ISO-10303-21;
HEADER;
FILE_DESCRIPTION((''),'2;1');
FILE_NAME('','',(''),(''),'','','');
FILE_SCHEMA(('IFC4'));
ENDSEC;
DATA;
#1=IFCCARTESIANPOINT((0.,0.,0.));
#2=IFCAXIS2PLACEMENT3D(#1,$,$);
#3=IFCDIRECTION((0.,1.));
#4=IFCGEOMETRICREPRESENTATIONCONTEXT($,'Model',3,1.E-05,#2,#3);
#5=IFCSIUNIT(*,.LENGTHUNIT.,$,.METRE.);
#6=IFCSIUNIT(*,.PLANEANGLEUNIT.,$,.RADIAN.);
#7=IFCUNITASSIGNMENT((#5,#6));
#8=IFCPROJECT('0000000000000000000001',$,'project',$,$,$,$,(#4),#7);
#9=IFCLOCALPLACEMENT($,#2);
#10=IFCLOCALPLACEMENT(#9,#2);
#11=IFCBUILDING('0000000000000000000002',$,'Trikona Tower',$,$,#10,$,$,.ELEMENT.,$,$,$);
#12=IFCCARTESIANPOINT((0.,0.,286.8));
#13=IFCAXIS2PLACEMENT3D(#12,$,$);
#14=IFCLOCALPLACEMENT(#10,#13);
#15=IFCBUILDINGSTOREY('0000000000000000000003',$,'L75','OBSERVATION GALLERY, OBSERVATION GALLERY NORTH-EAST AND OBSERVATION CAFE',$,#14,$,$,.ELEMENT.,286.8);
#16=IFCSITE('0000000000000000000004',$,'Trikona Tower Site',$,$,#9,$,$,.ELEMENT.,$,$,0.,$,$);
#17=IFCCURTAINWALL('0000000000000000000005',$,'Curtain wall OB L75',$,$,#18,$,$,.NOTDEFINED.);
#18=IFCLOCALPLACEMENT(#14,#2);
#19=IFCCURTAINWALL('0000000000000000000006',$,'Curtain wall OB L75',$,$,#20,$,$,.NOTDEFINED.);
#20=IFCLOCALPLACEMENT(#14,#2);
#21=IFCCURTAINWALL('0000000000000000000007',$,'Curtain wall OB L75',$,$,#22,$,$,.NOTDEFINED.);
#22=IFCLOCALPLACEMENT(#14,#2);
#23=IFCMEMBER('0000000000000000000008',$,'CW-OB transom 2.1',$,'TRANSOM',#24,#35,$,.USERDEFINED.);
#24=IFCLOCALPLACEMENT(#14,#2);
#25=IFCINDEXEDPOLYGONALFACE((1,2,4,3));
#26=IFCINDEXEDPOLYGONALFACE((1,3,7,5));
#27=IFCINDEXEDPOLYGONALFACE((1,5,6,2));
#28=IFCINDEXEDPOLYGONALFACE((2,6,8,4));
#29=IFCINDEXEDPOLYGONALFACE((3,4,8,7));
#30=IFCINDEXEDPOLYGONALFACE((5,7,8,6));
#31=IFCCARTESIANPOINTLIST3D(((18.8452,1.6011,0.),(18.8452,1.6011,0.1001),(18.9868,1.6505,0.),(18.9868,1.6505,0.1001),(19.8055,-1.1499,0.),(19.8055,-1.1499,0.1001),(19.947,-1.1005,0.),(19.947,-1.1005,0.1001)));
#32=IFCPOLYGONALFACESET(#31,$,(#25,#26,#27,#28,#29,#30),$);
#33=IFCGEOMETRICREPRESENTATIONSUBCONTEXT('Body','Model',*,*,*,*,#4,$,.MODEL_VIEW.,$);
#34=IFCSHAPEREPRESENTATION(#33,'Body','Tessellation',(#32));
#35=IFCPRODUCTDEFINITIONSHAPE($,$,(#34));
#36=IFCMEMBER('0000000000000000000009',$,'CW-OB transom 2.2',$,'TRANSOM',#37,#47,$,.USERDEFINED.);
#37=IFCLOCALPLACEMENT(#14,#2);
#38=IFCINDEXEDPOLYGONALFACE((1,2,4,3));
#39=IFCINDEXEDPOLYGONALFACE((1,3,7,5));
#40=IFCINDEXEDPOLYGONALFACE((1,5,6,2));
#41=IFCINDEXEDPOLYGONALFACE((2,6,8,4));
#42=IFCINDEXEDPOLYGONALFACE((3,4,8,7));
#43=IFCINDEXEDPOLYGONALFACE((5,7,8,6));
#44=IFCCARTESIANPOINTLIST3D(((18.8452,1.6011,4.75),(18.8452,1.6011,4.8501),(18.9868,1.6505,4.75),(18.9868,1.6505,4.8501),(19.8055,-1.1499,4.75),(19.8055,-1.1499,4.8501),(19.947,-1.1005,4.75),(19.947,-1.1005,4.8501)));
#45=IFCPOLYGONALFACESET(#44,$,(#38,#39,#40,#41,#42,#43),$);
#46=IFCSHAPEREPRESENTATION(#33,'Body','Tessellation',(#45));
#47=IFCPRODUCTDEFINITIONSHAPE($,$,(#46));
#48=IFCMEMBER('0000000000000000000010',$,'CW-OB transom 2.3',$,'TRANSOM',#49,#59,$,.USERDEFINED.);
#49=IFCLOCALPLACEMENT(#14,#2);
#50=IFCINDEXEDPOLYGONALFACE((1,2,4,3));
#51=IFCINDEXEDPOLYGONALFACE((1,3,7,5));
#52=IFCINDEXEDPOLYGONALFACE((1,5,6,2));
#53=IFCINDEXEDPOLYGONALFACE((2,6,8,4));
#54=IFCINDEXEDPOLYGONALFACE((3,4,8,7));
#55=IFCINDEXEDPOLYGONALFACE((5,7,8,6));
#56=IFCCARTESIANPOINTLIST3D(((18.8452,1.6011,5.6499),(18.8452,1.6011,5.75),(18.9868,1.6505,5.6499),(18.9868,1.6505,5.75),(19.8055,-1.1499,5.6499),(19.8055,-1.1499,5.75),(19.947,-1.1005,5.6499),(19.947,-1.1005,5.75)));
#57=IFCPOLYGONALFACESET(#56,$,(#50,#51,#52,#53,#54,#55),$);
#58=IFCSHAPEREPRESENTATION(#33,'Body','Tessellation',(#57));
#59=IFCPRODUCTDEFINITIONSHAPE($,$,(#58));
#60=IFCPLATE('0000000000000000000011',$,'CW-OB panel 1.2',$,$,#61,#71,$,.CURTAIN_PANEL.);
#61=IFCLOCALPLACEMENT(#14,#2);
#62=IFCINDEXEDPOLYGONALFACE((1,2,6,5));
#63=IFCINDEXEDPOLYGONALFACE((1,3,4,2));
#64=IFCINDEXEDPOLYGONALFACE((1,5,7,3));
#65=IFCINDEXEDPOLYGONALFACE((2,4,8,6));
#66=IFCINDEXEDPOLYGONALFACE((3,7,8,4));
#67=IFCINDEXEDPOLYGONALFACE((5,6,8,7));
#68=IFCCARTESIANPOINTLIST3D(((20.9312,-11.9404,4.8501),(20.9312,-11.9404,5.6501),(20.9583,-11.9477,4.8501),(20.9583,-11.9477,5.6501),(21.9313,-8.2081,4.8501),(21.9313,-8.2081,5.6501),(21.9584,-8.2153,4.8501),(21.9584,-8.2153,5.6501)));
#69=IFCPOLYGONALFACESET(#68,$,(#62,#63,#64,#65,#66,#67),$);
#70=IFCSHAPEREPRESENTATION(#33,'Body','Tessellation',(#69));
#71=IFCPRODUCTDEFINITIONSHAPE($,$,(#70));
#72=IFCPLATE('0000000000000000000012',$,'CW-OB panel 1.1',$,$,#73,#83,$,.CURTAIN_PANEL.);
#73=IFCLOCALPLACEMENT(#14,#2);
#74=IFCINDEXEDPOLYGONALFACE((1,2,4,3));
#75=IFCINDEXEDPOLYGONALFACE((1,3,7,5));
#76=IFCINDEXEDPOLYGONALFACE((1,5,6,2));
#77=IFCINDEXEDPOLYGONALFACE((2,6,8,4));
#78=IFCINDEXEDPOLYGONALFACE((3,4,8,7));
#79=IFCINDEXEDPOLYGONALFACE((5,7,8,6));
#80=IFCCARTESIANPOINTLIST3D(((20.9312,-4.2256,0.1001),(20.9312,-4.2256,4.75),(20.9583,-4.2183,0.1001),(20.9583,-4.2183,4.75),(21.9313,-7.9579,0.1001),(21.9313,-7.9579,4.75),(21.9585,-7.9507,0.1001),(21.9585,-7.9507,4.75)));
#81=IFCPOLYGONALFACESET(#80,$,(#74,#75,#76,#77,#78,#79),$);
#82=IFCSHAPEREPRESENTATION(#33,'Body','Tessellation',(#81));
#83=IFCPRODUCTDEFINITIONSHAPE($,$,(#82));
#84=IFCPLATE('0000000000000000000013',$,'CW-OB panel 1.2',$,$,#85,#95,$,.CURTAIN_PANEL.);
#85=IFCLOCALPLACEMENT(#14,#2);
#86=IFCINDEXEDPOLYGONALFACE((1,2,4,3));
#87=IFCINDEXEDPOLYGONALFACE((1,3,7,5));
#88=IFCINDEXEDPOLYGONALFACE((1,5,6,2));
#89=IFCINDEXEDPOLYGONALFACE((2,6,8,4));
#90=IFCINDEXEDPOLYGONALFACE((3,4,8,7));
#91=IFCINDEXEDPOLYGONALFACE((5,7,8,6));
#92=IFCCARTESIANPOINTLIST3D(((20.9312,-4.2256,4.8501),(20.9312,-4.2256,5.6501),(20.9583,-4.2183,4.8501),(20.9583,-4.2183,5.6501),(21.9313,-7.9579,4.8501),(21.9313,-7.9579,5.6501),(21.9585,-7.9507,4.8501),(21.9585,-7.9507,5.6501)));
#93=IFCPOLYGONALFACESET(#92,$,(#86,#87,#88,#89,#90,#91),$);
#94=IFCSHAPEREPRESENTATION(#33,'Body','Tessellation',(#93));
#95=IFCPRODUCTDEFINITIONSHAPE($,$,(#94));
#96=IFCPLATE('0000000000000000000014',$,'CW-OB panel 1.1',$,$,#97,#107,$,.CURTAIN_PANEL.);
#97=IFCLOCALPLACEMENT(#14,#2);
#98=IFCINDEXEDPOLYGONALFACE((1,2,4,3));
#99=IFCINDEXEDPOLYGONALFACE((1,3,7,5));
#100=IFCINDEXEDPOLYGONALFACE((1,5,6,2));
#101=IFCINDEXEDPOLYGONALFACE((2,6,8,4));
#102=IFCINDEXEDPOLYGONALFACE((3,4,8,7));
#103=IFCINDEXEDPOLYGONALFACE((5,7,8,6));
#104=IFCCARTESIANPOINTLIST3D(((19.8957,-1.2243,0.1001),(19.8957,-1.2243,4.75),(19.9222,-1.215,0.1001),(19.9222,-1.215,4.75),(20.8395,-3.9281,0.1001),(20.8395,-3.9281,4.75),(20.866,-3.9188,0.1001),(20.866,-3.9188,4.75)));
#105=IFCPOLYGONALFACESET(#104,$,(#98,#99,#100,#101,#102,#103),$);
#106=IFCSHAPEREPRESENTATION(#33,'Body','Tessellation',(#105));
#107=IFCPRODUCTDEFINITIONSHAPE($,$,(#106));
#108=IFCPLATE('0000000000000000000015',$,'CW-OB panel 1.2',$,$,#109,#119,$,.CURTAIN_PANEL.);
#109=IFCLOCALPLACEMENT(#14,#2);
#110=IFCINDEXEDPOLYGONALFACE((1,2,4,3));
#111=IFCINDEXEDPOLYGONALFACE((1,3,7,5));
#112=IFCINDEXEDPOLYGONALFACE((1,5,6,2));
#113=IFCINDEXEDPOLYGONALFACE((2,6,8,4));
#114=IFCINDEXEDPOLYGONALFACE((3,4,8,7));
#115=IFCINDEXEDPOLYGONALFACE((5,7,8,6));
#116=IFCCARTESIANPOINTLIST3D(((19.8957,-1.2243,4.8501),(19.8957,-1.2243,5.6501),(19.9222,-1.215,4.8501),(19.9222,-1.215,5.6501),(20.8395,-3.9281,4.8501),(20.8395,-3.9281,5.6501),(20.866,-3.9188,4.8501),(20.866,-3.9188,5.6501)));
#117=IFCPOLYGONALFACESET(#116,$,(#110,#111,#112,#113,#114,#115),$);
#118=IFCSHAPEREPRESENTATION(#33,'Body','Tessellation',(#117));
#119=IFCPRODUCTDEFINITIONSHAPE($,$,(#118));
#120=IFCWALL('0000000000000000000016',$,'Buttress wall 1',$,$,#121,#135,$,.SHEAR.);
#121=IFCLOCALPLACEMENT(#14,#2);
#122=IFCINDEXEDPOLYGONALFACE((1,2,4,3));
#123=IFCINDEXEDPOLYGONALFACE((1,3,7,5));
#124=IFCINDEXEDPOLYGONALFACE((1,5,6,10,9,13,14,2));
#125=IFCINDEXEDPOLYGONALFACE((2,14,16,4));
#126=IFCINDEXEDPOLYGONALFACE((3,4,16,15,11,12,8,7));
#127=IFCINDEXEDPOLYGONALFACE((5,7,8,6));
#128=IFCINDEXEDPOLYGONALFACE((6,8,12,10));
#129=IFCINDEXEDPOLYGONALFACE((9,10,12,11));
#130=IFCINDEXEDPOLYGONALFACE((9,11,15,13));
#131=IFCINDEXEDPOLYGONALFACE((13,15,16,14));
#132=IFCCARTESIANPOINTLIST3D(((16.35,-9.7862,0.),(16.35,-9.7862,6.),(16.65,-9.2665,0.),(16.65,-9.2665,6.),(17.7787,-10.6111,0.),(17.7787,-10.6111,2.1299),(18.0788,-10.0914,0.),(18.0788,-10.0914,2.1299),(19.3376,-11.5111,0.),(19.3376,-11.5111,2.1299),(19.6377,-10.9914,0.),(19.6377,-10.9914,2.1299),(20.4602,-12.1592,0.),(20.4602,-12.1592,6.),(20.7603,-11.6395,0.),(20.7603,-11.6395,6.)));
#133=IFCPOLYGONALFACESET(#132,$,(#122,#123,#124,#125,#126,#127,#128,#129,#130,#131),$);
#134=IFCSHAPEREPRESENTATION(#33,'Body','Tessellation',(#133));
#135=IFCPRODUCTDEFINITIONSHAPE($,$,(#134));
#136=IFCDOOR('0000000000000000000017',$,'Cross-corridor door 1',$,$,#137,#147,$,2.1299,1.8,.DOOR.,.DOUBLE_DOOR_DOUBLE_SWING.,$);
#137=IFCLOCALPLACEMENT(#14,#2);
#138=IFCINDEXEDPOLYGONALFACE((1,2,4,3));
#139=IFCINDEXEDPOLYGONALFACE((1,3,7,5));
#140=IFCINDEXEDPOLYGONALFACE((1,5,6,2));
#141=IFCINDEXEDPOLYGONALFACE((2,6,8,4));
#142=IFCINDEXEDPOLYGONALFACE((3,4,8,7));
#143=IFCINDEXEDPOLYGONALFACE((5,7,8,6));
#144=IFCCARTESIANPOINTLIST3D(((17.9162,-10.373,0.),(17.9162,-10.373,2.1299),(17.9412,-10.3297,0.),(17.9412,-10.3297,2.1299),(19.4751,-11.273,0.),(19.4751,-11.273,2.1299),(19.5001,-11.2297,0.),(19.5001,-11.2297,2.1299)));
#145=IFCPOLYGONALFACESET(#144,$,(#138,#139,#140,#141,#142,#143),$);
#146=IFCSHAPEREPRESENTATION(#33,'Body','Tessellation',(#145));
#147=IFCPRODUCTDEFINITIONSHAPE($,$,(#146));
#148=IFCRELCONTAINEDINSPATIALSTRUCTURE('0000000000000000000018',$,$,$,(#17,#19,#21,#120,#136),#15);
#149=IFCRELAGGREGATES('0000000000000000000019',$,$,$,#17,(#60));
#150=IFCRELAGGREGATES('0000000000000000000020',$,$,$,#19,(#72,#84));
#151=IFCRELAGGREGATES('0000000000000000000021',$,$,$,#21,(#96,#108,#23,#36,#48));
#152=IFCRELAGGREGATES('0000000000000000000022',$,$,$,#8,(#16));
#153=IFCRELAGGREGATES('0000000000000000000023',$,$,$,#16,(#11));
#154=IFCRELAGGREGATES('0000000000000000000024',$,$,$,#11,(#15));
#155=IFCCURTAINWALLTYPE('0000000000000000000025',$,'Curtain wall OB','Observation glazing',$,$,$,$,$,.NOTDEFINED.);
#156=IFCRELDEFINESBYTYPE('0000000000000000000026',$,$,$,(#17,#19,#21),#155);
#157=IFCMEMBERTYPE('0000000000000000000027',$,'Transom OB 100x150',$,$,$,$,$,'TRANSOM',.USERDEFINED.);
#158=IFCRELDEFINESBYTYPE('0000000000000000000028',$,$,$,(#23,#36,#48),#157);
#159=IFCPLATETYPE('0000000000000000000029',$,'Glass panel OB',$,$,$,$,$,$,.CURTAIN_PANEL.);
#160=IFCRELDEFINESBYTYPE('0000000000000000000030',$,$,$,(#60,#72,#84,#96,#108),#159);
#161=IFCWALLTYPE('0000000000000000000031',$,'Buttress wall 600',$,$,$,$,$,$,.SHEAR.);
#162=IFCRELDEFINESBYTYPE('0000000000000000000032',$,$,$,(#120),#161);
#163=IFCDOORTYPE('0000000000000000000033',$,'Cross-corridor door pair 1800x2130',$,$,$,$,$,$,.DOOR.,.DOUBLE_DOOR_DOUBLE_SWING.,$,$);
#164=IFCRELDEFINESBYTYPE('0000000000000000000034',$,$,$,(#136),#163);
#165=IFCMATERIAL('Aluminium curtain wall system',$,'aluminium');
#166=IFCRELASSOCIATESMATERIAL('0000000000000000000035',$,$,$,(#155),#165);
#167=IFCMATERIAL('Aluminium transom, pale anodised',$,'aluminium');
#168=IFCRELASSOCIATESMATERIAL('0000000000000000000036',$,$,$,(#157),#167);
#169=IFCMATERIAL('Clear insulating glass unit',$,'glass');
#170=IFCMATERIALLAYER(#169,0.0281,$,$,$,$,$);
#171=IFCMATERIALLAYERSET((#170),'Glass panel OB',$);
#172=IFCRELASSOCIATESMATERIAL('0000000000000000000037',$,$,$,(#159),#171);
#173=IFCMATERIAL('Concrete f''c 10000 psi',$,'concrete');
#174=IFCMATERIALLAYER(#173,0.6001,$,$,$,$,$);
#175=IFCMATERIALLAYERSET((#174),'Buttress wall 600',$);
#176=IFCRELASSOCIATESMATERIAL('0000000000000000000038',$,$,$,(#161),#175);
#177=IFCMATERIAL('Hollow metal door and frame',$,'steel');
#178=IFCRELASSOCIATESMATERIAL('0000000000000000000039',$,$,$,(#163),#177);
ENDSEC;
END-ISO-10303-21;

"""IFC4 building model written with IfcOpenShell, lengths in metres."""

from ifc_helpers import new_model, si_unit, direction, frame, frame_2d, origin, origin_2d, place, context, subcontext, project, spatial, rectangle, extrude, material, layer, layer_set, material_profile, profile_set, type_object, element, fill, aggregate, save


model = new_model("IFC4")

# Units and contexts
model_context = context("Model", 3, precision=1e-05, world=origin(), true_north=direction((0.0, 1.0)))
body_context = subcontext(model_context, "Body", "Model", "MODEL_VIEW")
ifc_project = project(units=[si_unit("LENGTHUNIT", "METRE"), si_unit("PLANEANGLEUNIT", "RADIAN")], contexts=[model_context])

# Site, building, storey
site_placement = place(None, origin())
site = spatial("IfcSite", under=ifc_project, at=site_placement, Name="Trikona Tower Site", CompositionType="ELEMENT", RefElevation=0.0)
building_placement = place(site_placement, origin())
building = spatial("IfcBuilding", under=site, at=building_placement, Name="Trikona Tower", CompositionType="ELEMENT")
storey_placement = place(building_placement, frame((0.0, 0.0, 286.8)))
storey = spatial("IfcBuildingStorey", under=building, at=storey_placement, Name="L75", Description="OBSERVATION GALLERY, OBSERVATION GALLERY NORTH-EAST AND OBSERVATION CAFE", CompositionType="ELEMENT", Elevation=286.8)

# Curtain wall
ifc_material_1 = material(Name="Aluminium curtain wall system", Category="aluminium")
curtain_wall_type = type_object("IfcCurtainWallType", Name="Curtain wall OB", Description="Observation glazing", PredefinedType="NOTDEFINED", material=ifc_material_1)
curtain_wall_1_placement = place(storey_placement, origin())
curtain_wall_1 = element("IfcCurtainWall", 1, at=curtain_wall_1_placement, inside=storey, type_object=curtain_wall_type, Name="Curtain wall OB L75", PredefinedType="NOTDEFINED")

# Curtain walls
curtain_wall_2_placement = place(storey_placement, origin())
curtain_wall_2 = element("IfcCurtainWall", 2, at=curtain_wall_2_placement, inside=storey, type_object=curtain_wall_type, Name="Curtain wall OB L75", PredefinedType="NOTDEFINED")
curtain_wall_3_placement = place(storey_placement, origin())
curtain_wall_3 = element("IfcCurtainWall", 3, at=curtain_wall_3_placement, inside=storey, type_object=curtain_wall_type, Name="Curtain wall OB L75", PredefinedType="NOTDEFINED")

# Members
ifc_material_2 = material(Name="Aluminium transom, pale anodised", Category="aluminium")
ifc_material_profile_1 = material_profile(ifc_material_2, rectangle(XDim=0.1499, YDim=0.1001, at=origin_2d()), Name="TRN-OB")
ifc_profile_set_1 = profile_set([ifc_material_profile_1], Name="Aluminium transom, pale anodised")
member_type_1 = type_object("IfcMemberType", Name="Transom OB 100x150", ElementType="TRANSOM", PredefinedType="USERDEFINED", material=ifc_profile_set_1)
member_1_placement = place(storey_placement, frame((19.8762, -1.1252, 0.05), z_axis=(-0.329544, 0.94414, 0.0), x_axis=(-0.94414, -0.329544, 0.0)))
member_1 = element("IfcMember", 4, at=member_1_placement, type_object=member_type_1, Name="CW-OB transom 2.1", ObjectType="TRANSOM", PredefinedType="USERDEFINED", context=body_context, shape_type="SweptSolid", body=[
    extrude(rectangle(XDim=0.1499, YDim=0.1001, at=origin_2d()), origin(), (0.0, 0.0, 1.0), 2.9138),
])
member_2_placement = place(storey_placement, frame((19.8762, -1.1252, 4.8), z_axis=(-0.329544, 0.94414, 0.0), x_axis=(-0.94414, -0.329544, 0.0)))
member_2 = element("IfcMember", 5, at=member_2_placement, type_object=member_type_1, Name="CW-OB transom 2.2", ObjectType="TRANSOM", PredefinedType="USERDEFINED", context=body_context, shape_type="SweptSolid", body=[
    extrude(rectangle(XDim=0.1499, YDim=0.1001, at=origin_2d()), origin(), (0.0, 0.0, 1.0), 2.9138),
])
member_3_placement = place(storey_placement, frame((19.8762, -1.1252, 5.7), z_axis=(-0.329544, 0.94414, 0.0), x_axis=(-0.94414, -0.329544, 0.0)))
member_3 = element("IfcMember", 6, at=member_3_placement, type_object=member_type_1, Name="CW-OB transom 2.3", ObjectType="TRANSOM", PredefinedType="USERDEFINED", context=body_context, shape_type="SweptSolid", body=[
    extrude(rectangle(XDim=0.1499, YDim=0.1001, at=origin_2d()), origin(), (0.0, 0.0, 1.0), 2.9138),
])

# Plates
ifc_material_3 = material(Name="Clear insulating glass unit", Category="glass")
ifc_layer_1 = layer(ifc_material_3, 0.0281)
ifc_layer_set_1 = layer_set([ifc_layer_1], Name="Glass panel OB")
plate_type = type_object("IfcPlateType", Name="Glass panel OB", PredefinedType="CURTAIN_PANEL", material=ifc_layer_set_1)
plate_1_placement = place(storey_placement, frame((21.4448, -10.0779, 4.8501), z_axis=(0.0, 0.0, 1.0), x_axis=(0.258828, 0.965923, 0.0)))
plate_1 = element("IfcPlate", 7, at=plate_1_placement, type_object=plate_type, Name="CW-OB panel 1.2", PredefinedType="CURTAIN_PANEL", context=body_context, shape_type="SweptSolid", body=[
    extrude(rectangle(XDim=3.864, YDim=0.0281, at=origin_2d()), origin(), (0.0, 0.0, 1.0), 0.8),
])
aggregate(curtain_wall_1, [plate_1])
plate_2_placement = place(storey_placement, frame((21.4448, -6.0881, 0.1001), z_axis=(0.0, 0.0, 1.0), x_axis=(-0.258834, 0.965922, 0.0)))
plate_2 = element("IfcPlate", 8, at=plate_2_placement, type_object=plate_type, Name="CW-OB panel 1.1", PredefinedType="CURTAIN_PANEL", context=body_context, shape_type="SweptSolid", body=[
    extrude(rectangle(XDim=3.864, YDim=0.0281, at=origin_2d()), origin(), (0.0, 0.0, 1.0), 4.6499),
])
plate_3_placement = place(storey_placement, frame((21.4448, -6.0881, 4.8501), z_axis=(0.0, 0.0, 1.0), x_axis=(-0.258834, 0.965922, 0.0)))
plate_3 = element("IfcPlate", 9, at=plate_3_placement, type_object=plate_type, Name="CW-OB panel 1.2", PredefinedType="CURTAIN_PANEL", context=body_context, shape_type="SweptSolid", body=[
    extrude(rectangle(XDim=3.864, YDim=0.0281, at=origin_2d()), origin(), (0.0, 0.0, 1.0), 0.8),
])
aggregate(curtain_wall_2, [plate_2, plate_3])
plate_4_placement = place(storey_placement, frame((20.3809, -2.5715, 0.1001), z_axis=(0.0, 0.0, 1.0), x_axis=(-0.329552, 0.944137, 0.0)))
plate_4 = element("IfcPlate", 10, at=plate_4_placement, type_object=plate_type, Name="CW-OB panel 1.1", PredefinedType="CURTAIN_PANEL", context=body_context, shape_type="SweptSolid", body=[
    extrude(rectangle(XDim=2.8638, YDim=0.0281, at=origin_2d()), origin(), (0.0, 0.0, 1.0), 4.6499),
])
plate_5_placement = place(storey_placement, frame((20.3809, -2.5715, 4.8501), z_axis=(0.0, 0.0, 1.0), x_axis=(-0.329552, 0.944137, 0.0)))
plate_5 = element("IfcPlate", 11, at=plate_5_placement, type_object=plate_type, Name="CW-OB panel 1.2", PredefinedType="CURTAIN_PANEL", context=body_context, shape_type="SweptSolid", body=[
    extrude(rectangle(XDim=2.8638, YDim=0.0281, at=origin_2d()), origin(), (0.0, 0.0, 1.0), 0.8),
])
aggregate(curtain_wall_3, [plate_4, plate_5, member_1, member_2, member_3])

# Wall, opening, door
ifc_material_4 = material(Name="Concrete f'c 10000 psi", Category="concrete")
ifc_layer_2 = layer(ifc_material_4, 0.6001)
ifc_layer_set_2 = layer_set([ifc_layer_2], Name="Buttress wall 600")
wall_type_1 = type_object("IfcWallType", Name="Buttress wall 600", PredefinedType="SHEAR", material=ifc_layer_set_2)
wall_1_placement = place(storey_placement, frame((16.5, -9.5264, 0.0), z_axis=(0.0, 0.0, 1.0), x_axis=(0.866031, -0.49999, 0.0)))
wall_1 = element("IfcWall", 12, at=wall_1_placement, inside=storey, type_object=wall_type_1, Name="Buttress wall 1", PredefinedType="SHEAR", context=body_context, shape_type="SweptSolid", body=[
    extrude(rectangle(XDim=4.7461, YDim=0.6001, at=frame_2d((2.373, 0.0))), origin(), (0.0, 0.0, 1.0), 6.0),
])
opening_1_placement = place(wall_1_placement, frame((1.6499, 0.0, 0.0)))
opening_1 = element("IfcOpeningElement", 13, at=opening_1_placement, cuts=wall_1, PredefinedType="OPENING", context=body_context, shape_type="SweptSolid", body=[
    extrude(rectangle(XDim=1.8, YDim=2.1299, at=frame_2d((0.8999, 1.0649))), frame((0.0, 0.3101, 0.0), z_axis=(0.0, -1.0, 0.0), x_axis=(1.0, 0.0, 0.0)), (0.0, 0.0, 1.0), 0.6201),
])
ifc_material_5 = material(Name="Hollow metal door and frame", Category="steel")
door_type_1 = type_object("IfcDoorType", Name="Cross-corridor door pair 1800x2130", OperationType="DOUBLE_DOOR_DOUBLE_SWING", PredefinedType="DOOR", material=ifc_material_5)
door_1_placement = place(opening_1_placement, origin())
door_1 = element("IfcDoor", 14, at=door_1_placement, inside=storey, type_object=door_type_1, Name="Cross-corridor door 1", OperationType="DOUBLE_DOOR_DOUBLE_SWING", OverallHeight=2.1299, OverallWidth=1.8, PredefinedType="DOOR", context=body_context, shape_type="SweptSolid", body=[
    extrude(rectangle(XDim=1.8, YDim=2.1299, at=frame_2d((0.8999, 1.0649))), frame((0.0, 0.0249, 0.0), z_axis=(0.0, -1.0, 0.0), x_axis=(1.0, 0.0, 0.0)), (0.0, 0.0, 1.0), 0.05),
])
fill(opening_1, door_1)

save(model, "model.ifc")
